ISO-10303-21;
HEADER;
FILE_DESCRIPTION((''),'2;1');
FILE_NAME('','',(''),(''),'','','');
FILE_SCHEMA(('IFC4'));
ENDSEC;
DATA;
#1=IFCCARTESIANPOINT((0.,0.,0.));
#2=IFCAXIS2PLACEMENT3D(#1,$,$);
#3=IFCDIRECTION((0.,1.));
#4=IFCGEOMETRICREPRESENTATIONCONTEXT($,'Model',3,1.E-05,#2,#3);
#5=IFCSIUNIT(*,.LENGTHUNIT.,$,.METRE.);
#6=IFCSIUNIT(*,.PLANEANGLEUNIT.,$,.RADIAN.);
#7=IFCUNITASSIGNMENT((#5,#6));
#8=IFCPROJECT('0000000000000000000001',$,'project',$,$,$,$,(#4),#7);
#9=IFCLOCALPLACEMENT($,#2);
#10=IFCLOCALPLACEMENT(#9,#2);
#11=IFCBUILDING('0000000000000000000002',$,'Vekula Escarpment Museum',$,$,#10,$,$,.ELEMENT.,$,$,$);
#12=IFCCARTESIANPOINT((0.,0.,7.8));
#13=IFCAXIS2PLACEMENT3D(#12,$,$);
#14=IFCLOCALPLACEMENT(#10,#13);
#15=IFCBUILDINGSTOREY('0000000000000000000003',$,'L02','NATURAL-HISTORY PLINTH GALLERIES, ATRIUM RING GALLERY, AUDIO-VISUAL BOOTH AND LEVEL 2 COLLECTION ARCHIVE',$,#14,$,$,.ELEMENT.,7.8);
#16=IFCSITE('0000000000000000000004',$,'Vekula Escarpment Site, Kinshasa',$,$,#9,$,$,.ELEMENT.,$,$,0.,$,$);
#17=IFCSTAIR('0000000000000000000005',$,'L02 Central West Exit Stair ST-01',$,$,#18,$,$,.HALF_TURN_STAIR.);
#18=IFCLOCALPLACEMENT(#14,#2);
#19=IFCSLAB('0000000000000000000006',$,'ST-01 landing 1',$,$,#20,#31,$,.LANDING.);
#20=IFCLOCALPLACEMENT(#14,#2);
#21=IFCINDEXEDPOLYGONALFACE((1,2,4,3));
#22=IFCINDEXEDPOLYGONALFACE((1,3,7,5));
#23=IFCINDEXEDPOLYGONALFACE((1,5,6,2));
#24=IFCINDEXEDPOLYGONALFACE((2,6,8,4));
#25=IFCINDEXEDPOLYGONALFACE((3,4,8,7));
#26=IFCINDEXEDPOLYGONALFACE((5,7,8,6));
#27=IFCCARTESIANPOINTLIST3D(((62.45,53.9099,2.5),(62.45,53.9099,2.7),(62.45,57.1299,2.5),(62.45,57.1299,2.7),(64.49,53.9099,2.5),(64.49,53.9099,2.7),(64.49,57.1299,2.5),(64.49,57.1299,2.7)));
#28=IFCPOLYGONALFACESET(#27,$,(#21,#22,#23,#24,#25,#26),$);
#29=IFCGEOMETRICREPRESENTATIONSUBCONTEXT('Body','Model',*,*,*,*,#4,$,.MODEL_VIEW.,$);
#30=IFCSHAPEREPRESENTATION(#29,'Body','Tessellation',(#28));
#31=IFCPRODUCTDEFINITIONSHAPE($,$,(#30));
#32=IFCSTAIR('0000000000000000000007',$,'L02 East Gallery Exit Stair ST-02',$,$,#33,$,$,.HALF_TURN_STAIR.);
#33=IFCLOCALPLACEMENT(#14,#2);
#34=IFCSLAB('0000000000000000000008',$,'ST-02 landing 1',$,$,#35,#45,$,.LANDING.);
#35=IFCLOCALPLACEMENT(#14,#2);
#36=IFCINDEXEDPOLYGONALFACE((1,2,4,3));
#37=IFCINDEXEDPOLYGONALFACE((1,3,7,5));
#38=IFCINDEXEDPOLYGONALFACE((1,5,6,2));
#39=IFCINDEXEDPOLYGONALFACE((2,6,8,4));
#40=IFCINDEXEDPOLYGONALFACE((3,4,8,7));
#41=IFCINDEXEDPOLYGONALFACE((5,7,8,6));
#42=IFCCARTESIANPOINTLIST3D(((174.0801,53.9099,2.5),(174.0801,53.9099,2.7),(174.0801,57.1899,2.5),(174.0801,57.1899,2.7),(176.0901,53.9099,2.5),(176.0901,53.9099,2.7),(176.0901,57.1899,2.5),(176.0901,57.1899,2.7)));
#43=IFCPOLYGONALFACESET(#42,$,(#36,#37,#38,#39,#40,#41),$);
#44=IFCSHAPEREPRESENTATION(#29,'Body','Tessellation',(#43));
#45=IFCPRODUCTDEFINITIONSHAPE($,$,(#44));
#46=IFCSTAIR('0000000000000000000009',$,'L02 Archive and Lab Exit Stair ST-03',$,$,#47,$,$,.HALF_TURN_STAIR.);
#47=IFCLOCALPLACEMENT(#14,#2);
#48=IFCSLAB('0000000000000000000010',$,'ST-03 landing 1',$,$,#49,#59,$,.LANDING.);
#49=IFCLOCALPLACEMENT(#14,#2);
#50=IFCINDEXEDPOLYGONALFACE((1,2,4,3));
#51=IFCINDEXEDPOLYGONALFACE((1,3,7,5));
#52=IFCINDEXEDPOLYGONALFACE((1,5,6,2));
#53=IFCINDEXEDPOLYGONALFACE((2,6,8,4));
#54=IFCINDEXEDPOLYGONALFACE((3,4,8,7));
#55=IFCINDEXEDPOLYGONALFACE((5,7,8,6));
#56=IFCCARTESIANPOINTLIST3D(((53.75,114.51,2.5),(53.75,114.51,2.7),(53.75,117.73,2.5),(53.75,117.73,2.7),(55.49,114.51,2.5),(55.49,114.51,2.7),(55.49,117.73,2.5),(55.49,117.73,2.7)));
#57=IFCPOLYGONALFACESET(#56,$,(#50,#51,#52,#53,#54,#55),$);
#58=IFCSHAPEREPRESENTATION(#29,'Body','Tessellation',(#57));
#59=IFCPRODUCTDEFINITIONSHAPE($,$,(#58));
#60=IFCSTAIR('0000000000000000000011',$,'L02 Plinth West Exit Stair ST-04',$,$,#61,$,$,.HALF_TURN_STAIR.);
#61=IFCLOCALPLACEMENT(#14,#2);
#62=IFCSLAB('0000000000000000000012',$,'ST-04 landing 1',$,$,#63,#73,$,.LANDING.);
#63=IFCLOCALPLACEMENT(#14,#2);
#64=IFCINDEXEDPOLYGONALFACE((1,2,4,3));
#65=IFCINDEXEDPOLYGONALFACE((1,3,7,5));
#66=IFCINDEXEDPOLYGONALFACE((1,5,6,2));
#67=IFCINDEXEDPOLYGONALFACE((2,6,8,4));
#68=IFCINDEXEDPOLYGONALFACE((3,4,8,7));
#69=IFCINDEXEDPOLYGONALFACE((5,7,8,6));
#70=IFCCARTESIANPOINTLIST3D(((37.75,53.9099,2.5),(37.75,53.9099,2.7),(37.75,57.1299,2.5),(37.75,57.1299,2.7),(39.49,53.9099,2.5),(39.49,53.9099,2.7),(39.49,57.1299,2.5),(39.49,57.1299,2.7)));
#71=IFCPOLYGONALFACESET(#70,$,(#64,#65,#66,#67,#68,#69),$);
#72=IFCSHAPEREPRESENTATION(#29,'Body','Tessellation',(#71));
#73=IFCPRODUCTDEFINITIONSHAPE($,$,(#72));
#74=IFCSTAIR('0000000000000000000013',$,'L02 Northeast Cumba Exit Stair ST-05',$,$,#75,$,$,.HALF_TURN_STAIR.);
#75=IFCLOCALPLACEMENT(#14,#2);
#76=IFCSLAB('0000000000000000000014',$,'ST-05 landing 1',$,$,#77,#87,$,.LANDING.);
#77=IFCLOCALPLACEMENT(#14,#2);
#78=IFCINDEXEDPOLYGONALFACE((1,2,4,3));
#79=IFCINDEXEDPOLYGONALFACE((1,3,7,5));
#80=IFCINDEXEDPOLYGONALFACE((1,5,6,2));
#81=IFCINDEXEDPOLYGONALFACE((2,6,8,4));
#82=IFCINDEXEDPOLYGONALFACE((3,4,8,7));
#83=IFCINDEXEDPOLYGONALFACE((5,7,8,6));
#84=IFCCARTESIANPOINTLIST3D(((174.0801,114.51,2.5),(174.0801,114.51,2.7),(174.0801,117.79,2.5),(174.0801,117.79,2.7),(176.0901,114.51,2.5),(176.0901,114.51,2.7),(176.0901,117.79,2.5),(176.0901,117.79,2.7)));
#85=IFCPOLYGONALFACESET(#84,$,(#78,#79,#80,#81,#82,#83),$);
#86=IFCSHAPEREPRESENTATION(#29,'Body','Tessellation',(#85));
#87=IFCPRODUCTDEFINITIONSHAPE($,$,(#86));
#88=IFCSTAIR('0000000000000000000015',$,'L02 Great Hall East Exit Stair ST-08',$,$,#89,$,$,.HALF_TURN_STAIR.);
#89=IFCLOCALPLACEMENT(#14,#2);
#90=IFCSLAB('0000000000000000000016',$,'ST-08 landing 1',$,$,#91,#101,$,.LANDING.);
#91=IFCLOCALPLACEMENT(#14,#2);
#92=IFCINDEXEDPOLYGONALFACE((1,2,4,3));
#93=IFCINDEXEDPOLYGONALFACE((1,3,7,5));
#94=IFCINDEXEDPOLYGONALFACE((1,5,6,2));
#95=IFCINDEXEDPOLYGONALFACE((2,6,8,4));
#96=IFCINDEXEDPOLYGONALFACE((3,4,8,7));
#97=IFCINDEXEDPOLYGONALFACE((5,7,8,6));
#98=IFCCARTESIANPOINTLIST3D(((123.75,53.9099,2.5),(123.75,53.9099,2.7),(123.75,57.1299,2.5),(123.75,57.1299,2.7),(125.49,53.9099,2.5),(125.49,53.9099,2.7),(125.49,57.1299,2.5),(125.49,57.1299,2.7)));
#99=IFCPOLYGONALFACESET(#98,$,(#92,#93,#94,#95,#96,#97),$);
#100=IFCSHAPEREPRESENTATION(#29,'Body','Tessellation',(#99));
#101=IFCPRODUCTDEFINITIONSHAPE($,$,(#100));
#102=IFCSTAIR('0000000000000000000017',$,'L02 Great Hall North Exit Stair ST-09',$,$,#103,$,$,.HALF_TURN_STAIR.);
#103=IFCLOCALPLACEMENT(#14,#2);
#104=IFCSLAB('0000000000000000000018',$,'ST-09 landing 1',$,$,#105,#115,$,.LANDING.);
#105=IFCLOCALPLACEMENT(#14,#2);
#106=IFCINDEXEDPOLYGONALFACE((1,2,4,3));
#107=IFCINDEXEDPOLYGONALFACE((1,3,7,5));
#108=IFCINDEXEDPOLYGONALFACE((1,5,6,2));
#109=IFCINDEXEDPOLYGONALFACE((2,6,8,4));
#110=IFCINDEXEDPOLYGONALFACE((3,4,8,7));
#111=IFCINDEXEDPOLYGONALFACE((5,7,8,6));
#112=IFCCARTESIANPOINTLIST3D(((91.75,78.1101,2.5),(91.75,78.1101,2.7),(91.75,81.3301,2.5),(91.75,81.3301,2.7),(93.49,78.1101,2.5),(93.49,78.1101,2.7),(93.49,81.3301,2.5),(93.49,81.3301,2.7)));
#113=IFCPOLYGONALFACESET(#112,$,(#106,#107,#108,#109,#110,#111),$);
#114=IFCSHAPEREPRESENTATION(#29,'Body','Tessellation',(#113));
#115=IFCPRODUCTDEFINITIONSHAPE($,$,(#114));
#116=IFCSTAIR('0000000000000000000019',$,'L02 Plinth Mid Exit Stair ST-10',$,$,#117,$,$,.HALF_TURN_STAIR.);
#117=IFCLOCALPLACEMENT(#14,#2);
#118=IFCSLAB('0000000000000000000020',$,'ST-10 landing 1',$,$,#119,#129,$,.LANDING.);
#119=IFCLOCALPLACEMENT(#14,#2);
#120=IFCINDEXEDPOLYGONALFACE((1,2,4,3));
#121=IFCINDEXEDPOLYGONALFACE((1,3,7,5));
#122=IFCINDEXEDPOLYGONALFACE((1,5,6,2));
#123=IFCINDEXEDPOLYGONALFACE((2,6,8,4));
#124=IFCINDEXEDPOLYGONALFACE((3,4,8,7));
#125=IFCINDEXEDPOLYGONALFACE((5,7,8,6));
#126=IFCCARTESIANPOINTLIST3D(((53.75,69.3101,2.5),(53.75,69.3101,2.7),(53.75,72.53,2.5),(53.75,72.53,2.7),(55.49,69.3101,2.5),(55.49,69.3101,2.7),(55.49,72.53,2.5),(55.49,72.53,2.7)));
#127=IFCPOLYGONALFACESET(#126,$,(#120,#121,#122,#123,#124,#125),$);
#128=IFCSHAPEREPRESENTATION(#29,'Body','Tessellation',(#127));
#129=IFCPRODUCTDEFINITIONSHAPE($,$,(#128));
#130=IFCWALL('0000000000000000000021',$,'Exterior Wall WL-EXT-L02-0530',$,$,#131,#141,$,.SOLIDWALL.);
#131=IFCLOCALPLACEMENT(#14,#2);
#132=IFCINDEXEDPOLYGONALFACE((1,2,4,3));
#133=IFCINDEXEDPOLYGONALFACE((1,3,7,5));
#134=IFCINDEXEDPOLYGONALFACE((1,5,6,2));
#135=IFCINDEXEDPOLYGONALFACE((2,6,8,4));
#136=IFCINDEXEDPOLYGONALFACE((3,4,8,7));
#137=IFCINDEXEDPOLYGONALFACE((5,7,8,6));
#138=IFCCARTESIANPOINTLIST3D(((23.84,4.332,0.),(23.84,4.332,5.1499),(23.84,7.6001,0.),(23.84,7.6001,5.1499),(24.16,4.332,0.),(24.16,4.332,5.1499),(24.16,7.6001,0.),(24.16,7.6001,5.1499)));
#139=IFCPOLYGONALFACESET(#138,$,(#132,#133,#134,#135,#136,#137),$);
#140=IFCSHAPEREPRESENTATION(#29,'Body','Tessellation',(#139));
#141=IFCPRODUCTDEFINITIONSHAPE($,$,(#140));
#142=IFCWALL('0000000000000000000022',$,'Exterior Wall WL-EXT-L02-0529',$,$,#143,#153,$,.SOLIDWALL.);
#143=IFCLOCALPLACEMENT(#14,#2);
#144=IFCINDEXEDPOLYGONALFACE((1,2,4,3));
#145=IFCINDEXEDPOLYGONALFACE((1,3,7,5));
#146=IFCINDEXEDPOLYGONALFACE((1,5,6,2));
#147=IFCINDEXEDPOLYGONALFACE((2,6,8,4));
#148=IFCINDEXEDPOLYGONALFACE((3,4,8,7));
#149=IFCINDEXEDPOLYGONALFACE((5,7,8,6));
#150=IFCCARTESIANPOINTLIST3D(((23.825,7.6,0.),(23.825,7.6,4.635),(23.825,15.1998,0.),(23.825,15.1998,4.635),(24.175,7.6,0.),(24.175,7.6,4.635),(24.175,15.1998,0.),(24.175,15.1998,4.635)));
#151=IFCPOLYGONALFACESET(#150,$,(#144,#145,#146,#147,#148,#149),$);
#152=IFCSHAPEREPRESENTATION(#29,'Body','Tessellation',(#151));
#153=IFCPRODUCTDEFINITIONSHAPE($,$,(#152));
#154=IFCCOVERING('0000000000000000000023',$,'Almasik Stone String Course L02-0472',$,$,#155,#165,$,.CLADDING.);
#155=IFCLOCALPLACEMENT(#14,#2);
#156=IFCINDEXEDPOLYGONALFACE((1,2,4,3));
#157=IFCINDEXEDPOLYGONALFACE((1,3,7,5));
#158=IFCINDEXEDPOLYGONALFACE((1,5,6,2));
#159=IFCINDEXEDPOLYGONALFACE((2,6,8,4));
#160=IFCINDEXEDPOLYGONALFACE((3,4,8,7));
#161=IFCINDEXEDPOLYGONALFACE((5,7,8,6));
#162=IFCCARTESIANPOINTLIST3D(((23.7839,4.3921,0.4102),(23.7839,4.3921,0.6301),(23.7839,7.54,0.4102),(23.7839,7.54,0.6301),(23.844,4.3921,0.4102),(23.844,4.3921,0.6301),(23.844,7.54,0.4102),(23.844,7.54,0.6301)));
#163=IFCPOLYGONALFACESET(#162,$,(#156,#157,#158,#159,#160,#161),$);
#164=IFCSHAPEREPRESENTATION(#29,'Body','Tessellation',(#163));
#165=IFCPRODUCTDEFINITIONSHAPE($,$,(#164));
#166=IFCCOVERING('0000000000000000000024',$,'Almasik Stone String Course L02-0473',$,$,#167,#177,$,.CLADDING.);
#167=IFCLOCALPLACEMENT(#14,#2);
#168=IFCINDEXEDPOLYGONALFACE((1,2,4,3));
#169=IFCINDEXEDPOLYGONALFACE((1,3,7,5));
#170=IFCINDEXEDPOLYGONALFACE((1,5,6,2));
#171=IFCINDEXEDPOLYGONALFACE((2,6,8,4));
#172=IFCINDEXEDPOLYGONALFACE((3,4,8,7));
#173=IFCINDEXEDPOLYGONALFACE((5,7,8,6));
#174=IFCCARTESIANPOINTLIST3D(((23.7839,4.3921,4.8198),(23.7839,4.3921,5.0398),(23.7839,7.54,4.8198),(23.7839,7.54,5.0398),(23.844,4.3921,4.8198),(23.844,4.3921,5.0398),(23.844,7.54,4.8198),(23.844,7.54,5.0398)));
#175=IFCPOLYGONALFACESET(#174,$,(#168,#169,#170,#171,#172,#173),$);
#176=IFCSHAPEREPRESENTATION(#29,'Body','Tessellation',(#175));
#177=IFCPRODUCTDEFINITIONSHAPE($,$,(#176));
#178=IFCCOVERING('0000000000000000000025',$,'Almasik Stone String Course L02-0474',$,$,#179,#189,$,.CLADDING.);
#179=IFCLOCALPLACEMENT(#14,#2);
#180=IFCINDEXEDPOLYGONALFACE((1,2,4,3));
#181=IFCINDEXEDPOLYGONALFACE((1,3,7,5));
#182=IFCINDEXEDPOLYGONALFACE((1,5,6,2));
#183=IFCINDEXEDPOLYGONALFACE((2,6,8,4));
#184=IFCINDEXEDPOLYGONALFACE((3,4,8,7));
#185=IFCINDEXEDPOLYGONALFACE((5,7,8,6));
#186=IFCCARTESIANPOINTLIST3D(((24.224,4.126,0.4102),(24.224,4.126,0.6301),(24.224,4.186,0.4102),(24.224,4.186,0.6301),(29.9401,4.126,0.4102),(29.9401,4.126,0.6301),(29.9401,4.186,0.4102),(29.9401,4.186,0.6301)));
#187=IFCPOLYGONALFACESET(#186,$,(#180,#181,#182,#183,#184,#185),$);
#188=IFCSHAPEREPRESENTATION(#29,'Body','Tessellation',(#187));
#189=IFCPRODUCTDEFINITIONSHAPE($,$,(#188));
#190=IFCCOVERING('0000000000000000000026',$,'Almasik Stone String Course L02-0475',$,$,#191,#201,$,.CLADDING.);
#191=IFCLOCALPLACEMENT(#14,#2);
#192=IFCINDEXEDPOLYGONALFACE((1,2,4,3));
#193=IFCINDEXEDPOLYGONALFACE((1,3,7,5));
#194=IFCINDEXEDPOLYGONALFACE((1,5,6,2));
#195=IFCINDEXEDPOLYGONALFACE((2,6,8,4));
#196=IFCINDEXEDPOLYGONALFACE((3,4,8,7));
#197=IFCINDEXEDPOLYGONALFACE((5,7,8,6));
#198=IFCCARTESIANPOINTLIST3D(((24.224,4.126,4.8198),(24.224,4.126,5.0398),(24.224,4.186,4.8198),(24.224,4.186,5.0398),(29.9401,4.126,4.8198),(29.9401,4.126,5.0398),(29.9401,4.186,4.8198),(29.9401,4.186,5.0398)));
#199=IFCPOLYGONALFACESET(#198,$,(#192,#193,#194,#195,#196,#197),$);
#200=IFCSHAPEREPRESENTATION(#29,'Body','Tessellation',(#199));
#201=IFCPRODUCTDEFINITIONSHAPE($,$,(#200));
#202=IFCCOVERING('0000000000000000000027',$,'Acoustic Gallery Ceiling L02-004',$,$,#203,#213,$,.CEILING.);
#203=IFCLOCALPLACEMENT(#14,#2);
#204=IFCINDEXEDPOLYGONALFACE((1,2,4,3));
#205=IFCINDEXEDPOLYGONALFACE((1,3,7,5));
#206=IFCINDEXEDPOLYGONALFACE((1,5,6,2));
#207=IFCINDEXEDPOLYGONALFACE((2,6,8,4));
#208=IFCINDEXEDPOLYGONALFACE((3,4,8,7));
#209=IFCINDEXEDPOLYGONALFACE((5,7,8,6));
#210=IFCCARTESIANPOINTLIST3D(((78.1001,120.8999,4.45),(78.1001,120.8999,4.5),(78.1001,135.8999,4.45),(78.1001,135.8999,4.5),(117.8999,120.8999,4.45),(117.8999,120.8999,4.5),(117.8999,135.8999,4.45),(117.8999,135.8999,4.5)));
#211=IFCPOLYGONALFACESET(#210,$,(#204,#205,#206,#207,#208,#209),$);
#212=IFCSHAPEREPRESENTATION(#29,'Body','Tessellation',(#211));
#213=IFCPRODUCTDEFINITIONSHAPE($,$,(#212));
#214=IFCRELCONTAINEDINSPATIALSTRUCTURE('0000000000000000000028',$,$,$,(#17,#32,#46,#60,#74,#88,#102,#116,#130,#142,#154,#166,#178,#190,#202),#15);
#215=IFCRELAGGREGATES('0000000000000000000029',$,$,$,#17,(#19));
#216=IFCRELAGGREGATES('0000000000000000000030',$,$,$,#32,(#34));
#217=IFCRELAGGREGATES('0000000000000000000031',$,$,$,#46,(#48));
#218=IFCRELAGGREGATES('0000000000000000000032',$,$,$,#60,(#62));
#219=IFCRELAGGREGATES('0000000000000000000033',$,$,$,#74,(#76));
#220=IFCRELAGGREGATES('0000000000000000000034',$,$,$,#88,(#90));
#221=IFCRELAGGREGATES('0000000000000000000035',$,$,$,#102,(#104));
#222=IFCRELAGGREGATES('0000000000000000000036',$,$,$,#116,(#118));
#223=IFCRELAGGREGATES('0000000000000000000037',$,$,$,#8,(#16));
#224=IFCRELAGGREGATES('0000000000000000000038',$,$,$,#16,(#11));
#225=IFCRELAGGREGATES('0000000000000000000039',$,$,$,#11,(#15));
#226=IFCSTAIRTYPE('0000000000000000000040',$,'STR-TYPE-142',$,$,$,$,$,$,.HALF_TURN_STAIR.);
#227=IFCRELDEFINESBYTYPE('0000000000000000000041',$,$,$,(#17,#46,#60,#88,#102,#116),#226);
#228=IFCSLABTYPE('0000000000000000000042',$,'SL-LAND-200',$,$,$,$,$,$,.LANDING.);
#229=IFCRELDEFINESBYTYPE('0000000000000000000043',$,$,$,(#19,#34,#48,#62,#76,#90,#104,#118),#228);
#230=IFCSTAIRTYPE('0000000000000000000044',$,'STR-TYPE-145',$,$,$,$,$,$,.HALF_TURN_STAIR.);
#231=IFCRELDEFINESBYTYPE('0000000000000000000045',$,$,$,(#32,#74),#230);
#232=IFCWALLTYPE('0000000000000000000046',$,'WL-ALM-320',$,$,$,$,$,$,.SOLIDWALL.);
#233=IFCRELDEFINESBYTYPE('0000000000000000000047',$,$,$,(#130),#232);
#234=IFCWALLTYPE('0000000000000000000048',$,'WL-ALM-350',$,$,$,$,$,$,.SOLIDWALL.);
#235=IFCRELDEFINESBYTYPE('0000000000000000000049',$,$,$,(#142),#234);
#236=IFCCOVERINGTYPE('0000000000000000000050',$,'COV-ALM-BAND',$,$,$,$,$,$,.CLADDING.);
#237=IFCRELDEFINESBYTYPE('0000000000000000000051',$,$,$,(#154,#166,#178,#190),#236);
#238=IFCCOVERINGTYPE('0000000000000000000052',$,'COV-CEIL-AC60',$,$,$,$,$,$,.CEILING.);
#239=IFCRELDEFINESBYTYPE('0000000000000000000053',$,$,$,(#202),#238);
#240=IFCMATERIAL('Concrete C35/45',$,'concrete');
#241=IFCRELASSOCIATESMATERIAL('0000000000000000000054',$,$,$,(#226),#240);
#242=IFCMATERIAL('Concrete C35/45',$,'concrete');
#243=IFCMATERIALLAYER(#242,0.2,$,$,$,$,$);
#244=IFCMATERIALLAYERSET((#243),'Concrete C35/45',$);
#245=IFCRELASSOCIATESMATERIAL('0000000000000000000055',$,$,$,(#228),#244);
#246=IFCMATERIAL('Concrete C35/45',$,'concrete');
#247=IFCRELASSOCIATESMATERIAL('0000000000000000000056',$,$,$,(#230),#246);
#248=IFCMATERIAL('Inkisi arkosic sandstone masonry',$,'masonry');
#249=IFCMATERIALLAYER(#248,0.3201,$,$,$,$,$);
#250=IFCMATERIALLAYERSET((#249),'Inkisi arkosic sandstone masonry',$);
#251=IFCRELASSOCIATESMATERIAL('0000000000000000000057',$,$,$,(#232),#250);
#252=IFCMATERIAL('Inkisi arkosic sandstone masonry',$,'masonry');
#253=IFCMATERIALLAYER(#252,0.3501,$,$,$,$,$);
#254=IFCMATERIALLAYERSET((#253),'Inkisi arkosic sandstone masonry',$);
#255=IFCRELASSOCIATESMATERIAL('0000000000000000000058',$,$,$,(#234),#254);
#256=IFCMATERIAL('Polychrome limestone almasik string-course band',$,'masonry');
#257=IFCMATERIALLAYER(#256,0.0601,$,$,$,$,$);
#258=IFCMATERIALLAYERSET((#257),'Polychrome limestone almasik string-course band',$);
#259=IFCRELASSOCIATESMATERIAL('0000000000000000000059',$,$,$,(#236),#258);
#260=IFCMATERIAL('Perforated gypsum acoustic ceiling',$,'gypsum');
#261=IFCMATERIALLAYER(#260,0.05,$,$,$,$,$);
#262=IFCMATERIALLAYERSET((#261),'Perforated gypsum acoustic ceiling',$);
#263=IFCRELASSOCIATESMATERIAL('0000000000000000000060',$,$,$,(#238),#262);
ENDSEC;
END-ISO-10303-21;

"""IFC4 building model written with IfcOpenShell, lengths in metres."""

from ifc_helpers import new_model, si_unit, direction, frame, frame_2d, origin, origin_2d, place, context, subcontext, project, spatial, polyline, rectangle, outline, extrude, material, layer, layer_set, type_object, element, aggregate, save


model = new_model("IFC4")

# Units and contexts
model_context = context("Model", 3, precision=1e-05, world=origin(), true_north=direction((0.0, 1.0)))
body_context = subcontext(model_context, "Body", "Model", "MODEL_VIEW")
ifc_project = project(units=[si_unit("LENGTHUNIT", "METRE"), si_unit("PLANEANGLEUNIT", "RADIAN")], contexts=[model_context])

# Site, building, storey
site_placement = place(None, origin())
site = spatial("IfcSite", under=ifc_project, at=site_placement, Name="Vekula Escarpment Site, Kinshasa", CompositionType="ELEMENT", RefElevation=0.0)
building_placement = place(site_placement, origin())
building = spatial("IfcBuilding", under=site, at=building_placement, Name="Vekula Escarpment Museum", CompositionType="ELEMENT")
storey_placement = place(building_placement, frame((0.0, 0.0, 7.8)))
storey = spatial("IfcBuildingStorey", under=building, at=storey_placement, Name="L02", Description="NATURAL-HISTORY PLINTH GALLERIES, ATRIUM RING GALLERY, AUDIO-VISUAL BOOTH AND LEVEL 2 COLLECTION ARCHIVE", CompositionType="ELEMENT", Elevation=7.8)

# Stairs, slabs
ifc_material_1 = material(Name="Concrete C35/45", Category="concrete")
stair_type_1 = type_object("IfcStairType", Name="STR-TYPE-142", PredefinedType="HALF_TURN_STAIR", material=ifc_material_1)
stair_1_placement = place(storey_placement, origin())
stair_1 = element("IfcStair", 1, at=stair_1_placement, inside=storey, type_object=stair_type_1, Name="L02 Central West Exit Stair ST-01", PredefinedType="HALF_TURN_STAIR")
ifc_material_2 = material(Name="Concrete C35/45", Category="concrete")
ifc_layer_1 = layer(ifc_material_2, 0.2)
ifc_layer_set_1 = layer_set([ifc_layer_1], Name="Concrete C35/45")
slab_type = type_object("IfcSlabType", Name="SL-LAND-200", PredefinedType="LANDING", material=ifc_layer_set_1)
slab_1_placement = place(storey_placement, frame((0.0, 0.0, 2.5)))
slab_1 = element("IfcSlab", 2, at=slab_1_placement, type_object=slab_type, Name="ST-01 landing 1", PredefinedType="LANDING", context=body_context, shape_type="SweptSolid", body=[
    extrude(outline(polyline([(62.45, 53.9099), (64.49, 53.9099), (64.49, 57.1299), (62.45, 57.1299), (62.45, 53.9099)])), origin(), (0.0, 0.0, 1.0), 0.2),
])
aggregate(stair_1, [slab_1])
ifc_material_3 = material(Name="Concrete C35/45", Category="concrete")
stair_type_2 = type_object("IfcStairType", Name="STR-TYPE-145", PredefinedType="HALF_TURN_STAIR", material=ifc_material_3)
stair_2_placement = place(storey_placement, origin())
stair_2 = element("IfcStair", 3, at=stair_2_placement, inside=storey, type_object=stair_type_2, Name="L02 East Gallery Exit Stair ST-02", PredefinedType="HALF_TURN_STAIR")
slab_2_placement = place(storey_placement, frame((0.0, 0.0, 2.5)))
slab_2 = element("IfcSlab", 4, at=slab_2_placement, type_object=slab_type, Name="ST-02 landing 1", PredefinedType="LANDING", context=body_context, shape_type="SweptSolid", body=[
    extrude(outline(polyline([(174.0801, 53.9099), (176.0901, 53.9099), (176.0901, 57.1899), (174.0801, 57.1899), (174.0801, 53.9099)])), origin(), (0.0, 0.0, 1.0), 0.2),
])
aggregate(stair_2, [slab_2])
stair_3_placement = place(storey_placement, origin())
stair_3 = element("IfcStair", 5, at=stair_3_placement, inside=storey, type_object=stair_type_1, Name="L02 Archive and Lab Exit Stair ST-03", PredefinedType="HALF_TURN_STAIR")
slab_3_placement = place(storey_placement, frame((0.0, 0.0, 2.5)))
slab_3 = element("IfcSlab", 6, at=slab_3_placement, type_object=slab_type, Name="ST-03 landing 1", PredefinedType="LANDING", context=body_context, shape_type="SweptSolid", body=[
    extrude(outline(polyline([(53.75, 114.51), (55.49, 114.51), (55.49, 117.73), (53.75, 117.73), (53.75, 114.51)])), origin(), (0.0, 0.0, 1.0), 0.2),
])
aggregate(stair_3, [slab_3])
stair_4_placement = place(storey_placement, origin())
stair_4 = element("IfcStair", 7, at=stair_4_placement, inside=storey, type_object=stair_type_1, Name="L02 Plinth West Exit Stair ST-04", PredefinedType="HALF_TURN_STAIR")
slab_4_placement = place(storey_placement, frame((0.0, 0.0, 2.5)))
slab_4 = element("IfcSlab", 8, at=slab_4_placement, type_object=slab_type, Name="ST-04 landing 1", PredefinedType="LANDING", context=body_context, shape_type="SweptSolid", body=[
    extrude(outline(polyline([(37.75, 53.9099), (39.49, 53.9099), (39.49, 57.1299), (37.75, 57.1299), (37.75, 53.9099)])), origin(), (0.0, 0.0, 1.0), 0.2),
])
aggregate(stair_4, [slab_4])
stair_5_placement = place(storey_placement, origin())
stair_5 = element("IfcStair", 9, at=stair_5_placement, inside=storey, type_object=stair_type_2, Name="L02 Northeast Cumba Exit Stair ST-05", PredefinedType="HALF_TURN_STAIR")
slab_5_placement = place(storey_placement, frame((0.0, 0.0, 2.5)))
slab_5 = element("IfcSlab", 10, at=slab_5_placement, type_object=slab_type, Name="ST-05 landing 1", PredefinedType="LANDING", context=body_context, shape_type="SweptSolid", body=[
    extrude(outline(polyline([(174.0801, 114.51), (176.0901, 114.51), (176.0901, 117.79), (174.0801, 117.79), (174.0801, 114.51)])), origin(), (0.0, 0.0, 1.0), 0.2),
])
aggregate(stair_5, [slab_5])
stair_6_placement = place(storey_placement, origin())
stair_6 = element("IfcStair", 11, at=stair_6_placement, inside=storey, type_object=stair_type_1, Name="L02 Great Hall East Exit Stair ST-08", PredefinedType="HALF_TURN_STAIR")
slab_6_placement = place(storey_placement, frame((0.0, 0.0, 2.5)))
slab_6 = element("IfcSlab", 12, at=slab_6_placement, type_object=slab_type, Name="ST-08 landing 1", PredefinedType="LANDING", context=body_context, shape_type="SweptSolid", body=[
    extrude(outline(polyline([(123.75, 53.9099), (125.49, 53.9099), (125.49, 57.1299), (123.75, 57.1299), (123.75, 53.9099)])), origin(), (0.0, 0.0, 1.0), 0.2),
])
aggregate(stair_6, [slab_6])
stair_7_placement = place(storey_placement, origin())
stair_7 = element("IfcStair", 13, at=stair_7_placement, inside=storey, type_object=stair_type_1, Name="L02 Great Hall North Exit Stair ST-09", PredefinedType="HALF_TURN_STAIR")
slab_7_placement = place(storey_placement, frame((0.0, 0.0, 2.5)))
slab_7 = element("IfcSlab", 14, at=slab_7_placement, type_object=slab_type, Name="ST-09 landing 1", PredefinedType="LANDING", context=body_context, shape_type="SweptSolid", body=[
    extrude(outline(polyline([(91.75, 78.1101), (93.49, 78.1101), (93.49, 81.3301), (91.75, 81.3301), (91.75, 78.1101)])), origin(), (0.0, 0.0, 1.0), 0.2),
])
aggregate(stair_7, [slab_7])
stair_8_placement = place(storey_placement, origin())
stair_8 = element("IfcStair", 15, at=stair_8_placement, inside=storey, type_object=stair_type_1, Name="L02 Plinth Mid Exit Stair ST-10", PredefinedType="HALF_TURN_STAIR")
slab_8_placement = place(storey_placement, frame((0.0, 0.0, 2.5)))
slab_8 = element("IfcSlab", 16, at=slab_8_placement, type_object=slab_type, Name="ST-10 landing 1", PredefinedType="LANDING", context=body_context, shape_type="SweptSolid", body=[
    extrude(outline(polyline([(53.75, 69.3101), (55.49, 69.3101), (55.49, 72.53), (53.75, 72.53), (53.75, 69.3101)])), origin(), (0.0, 0.0, 1.0), 0.2),
])
aggregate(stair_8, [slab_8])

# Walls
ifc_material_4 = material(Name="Inkisi arkosic sandstone masonry", Category="masonry")
ifc_layer_2 = layer(ifc_material_4, 0.3201)
ifc_layer_set_2 = layer_set([ifc_layer_2], Name="Inkisi arkosic sandstone masonry")
wall_type_1 = type_object("IfcWallType", Name="WL-ALM-320", PredefinedType="SOLIDWALL", material=ifc_layer_set_2)
wall_1_placement = place(storey_placement, frame((24.0, 4.332, 0.0), z_axis=(0.0, 0.0, 1.0), x_axis=(0.0, 1.0, 0.0)))
element("IfcWall", 17, at=wall_1_placement, inside=storey, type_object=wall_type_1, Name="Exterior Wall WL-EXT-L02-0530", PredefinedType="SOLIDWALL", context=body_context, shape_type="SweptSolid", body=[
    extrude(rectangle(XDim=3.2681, YDim=0.3201, at=frame_2d((1.634, 0.0))), origin(), (0.0, 0.0, 1.0), 5.1499),
])
ifc_material_5 = material(Name="Inkisi arkosic sandstone masonry", Category="masonry")
ifc_layer_3 = layer(ifc_material_5, 0.3501)
ifc_layer_set_3 = layer_set([ifc_layer_3], Name="Inkisi arkosic sandstone masonry")
wall_type_2 = type_object("IfcWallType", Name="WL-ALM-350", PredefinedType="SOLIDWALL", material=ifc_layer_set_3)
wall_2_placement = place(storey_placement, frame((24.0, 7.6001, 0.0), z_axis=(0.0, 0.0, 1.0), x_axis=(0.0, 1.0, 0.0)))
element("IfcWall", 18, at=wall_2_placement, inside=storey, type_object=wall_type_2, Name="Exterior Wall WL-EXT-L02-0529", PredefinedType="SOLIDWALL", context=body_context, shape_type="SweptSolid", body=[
    extrude(rectangle(XDim=7.5999, YDim=0.3501, at=frame_2d((3.7998, 0.0))), origin(), (0.0, 0.0, 1.0), 4.635),
])

# Coverings
ifc_material_6 = material(Name="Polychrome limestone almasik string-course band", Category="masonry")
ifc_layer_4 = layer(ifc_material_6, 0.0601)
ifc_layer_set_4 = layer_set([ifc_layer_4], Name="Polychrome limestone almasik string-course band")
covering_type_1 = type_object("IfcCoveringType", Name="COV-ALM-BAND", PredefinedType="CLADDING", material=ifc_layer_set_4)
for number, where, z_axis, x_axis, name in (
    (19, (23.814, 5.9661, 0.4102), (0.0, 0.0, 1.0), (0.0, 1.0, 0.0), "Almasik Stone String Course L02-0472"),
    (20, (23.814, 5.9661, 4.8198), (0.0, 0.0, 1.0), (0.0, 1.0, 0.0), "Almasik Stone String Course L02-0473"),
):
    element("IfcCovering", number, at=place(storey_placement, frame(where, z_axis=z_axis, x_axis=x_axis)), inside=storey, type_object=covering_type_1, Name=name, PredefinedType="CLADDING", context=body_context, shape_type="SweptSolid", body=[
        extrude(rectangle(XDim=3.1479, YDim=0.0601, at=origin_2d()), origin(), (0.0, 0.0, 1.0), 0.22),
    ])
for number, where, z_axis, x_axis, name in (
    (21, (27.082, 4.156, 0.4102), (0.0, 0.0, 1.0), (1.0, 0.0, 0.0), "Almasik Stone String Course L02-0474"),
    (22, (27.082, 4.156, 4.8198), (0.0, 0.0, 1.0), (1.0, 0.0, 0.0), "Almasik Stone String Course L02-0475"),
):
    element("IfcCovering", number, at=place(storey_placement, frame(where, z_axis=z_axis, x_axis=x_axis)), inside=storey, type_object=covering_type_1, Name=name, PredefinedType="CLADDING", context=body_context, shape_type="SweptSolid", body=[
        extrude(rectangle(XDim=5.7161, YDim=0.0601, at=origin_2d()), origin(), (0.0, 0.0, 1.0), 0.22),
    ])
ifc_material_7 = material(Name="Perforated gypsum acoustic ceiling", Category="gypsum")
ifc_layer_5 = layer(ifc_material_7, 0.05)
ifc_layer_set_5 = layer_set([ifc_layer_5], Name="Perforated gypsum acoustic ceiling")
covering_type_2 = type_object("IfcCoveringType", Name="COV-CEIL-AC60", PredefinedType="CEILING", material=ifc_layer_set_5)
covering_1_placement = place(storey_placement, frame((0.0, 0.0, 4.45)))
element("IfcCovering", 23, at=covering_1_placement, inside=storey, type_object=covering_type_2, Name="Acoustic Gallery Ceiling L02-004", PredefinedType="CEILING", context=body_context, shape_type="SweptSolid", body=[
    extrude(outline(polyline([(78.1001, 120.8999), (117.8999, 120.8999), (117.8999, 135.8999), (78.1001, 135.8999), (78.1001, 120.8999)])), origin(), (0.0, 0.0, 1.0), 0.05),
])

save(model, "model.ifc")
